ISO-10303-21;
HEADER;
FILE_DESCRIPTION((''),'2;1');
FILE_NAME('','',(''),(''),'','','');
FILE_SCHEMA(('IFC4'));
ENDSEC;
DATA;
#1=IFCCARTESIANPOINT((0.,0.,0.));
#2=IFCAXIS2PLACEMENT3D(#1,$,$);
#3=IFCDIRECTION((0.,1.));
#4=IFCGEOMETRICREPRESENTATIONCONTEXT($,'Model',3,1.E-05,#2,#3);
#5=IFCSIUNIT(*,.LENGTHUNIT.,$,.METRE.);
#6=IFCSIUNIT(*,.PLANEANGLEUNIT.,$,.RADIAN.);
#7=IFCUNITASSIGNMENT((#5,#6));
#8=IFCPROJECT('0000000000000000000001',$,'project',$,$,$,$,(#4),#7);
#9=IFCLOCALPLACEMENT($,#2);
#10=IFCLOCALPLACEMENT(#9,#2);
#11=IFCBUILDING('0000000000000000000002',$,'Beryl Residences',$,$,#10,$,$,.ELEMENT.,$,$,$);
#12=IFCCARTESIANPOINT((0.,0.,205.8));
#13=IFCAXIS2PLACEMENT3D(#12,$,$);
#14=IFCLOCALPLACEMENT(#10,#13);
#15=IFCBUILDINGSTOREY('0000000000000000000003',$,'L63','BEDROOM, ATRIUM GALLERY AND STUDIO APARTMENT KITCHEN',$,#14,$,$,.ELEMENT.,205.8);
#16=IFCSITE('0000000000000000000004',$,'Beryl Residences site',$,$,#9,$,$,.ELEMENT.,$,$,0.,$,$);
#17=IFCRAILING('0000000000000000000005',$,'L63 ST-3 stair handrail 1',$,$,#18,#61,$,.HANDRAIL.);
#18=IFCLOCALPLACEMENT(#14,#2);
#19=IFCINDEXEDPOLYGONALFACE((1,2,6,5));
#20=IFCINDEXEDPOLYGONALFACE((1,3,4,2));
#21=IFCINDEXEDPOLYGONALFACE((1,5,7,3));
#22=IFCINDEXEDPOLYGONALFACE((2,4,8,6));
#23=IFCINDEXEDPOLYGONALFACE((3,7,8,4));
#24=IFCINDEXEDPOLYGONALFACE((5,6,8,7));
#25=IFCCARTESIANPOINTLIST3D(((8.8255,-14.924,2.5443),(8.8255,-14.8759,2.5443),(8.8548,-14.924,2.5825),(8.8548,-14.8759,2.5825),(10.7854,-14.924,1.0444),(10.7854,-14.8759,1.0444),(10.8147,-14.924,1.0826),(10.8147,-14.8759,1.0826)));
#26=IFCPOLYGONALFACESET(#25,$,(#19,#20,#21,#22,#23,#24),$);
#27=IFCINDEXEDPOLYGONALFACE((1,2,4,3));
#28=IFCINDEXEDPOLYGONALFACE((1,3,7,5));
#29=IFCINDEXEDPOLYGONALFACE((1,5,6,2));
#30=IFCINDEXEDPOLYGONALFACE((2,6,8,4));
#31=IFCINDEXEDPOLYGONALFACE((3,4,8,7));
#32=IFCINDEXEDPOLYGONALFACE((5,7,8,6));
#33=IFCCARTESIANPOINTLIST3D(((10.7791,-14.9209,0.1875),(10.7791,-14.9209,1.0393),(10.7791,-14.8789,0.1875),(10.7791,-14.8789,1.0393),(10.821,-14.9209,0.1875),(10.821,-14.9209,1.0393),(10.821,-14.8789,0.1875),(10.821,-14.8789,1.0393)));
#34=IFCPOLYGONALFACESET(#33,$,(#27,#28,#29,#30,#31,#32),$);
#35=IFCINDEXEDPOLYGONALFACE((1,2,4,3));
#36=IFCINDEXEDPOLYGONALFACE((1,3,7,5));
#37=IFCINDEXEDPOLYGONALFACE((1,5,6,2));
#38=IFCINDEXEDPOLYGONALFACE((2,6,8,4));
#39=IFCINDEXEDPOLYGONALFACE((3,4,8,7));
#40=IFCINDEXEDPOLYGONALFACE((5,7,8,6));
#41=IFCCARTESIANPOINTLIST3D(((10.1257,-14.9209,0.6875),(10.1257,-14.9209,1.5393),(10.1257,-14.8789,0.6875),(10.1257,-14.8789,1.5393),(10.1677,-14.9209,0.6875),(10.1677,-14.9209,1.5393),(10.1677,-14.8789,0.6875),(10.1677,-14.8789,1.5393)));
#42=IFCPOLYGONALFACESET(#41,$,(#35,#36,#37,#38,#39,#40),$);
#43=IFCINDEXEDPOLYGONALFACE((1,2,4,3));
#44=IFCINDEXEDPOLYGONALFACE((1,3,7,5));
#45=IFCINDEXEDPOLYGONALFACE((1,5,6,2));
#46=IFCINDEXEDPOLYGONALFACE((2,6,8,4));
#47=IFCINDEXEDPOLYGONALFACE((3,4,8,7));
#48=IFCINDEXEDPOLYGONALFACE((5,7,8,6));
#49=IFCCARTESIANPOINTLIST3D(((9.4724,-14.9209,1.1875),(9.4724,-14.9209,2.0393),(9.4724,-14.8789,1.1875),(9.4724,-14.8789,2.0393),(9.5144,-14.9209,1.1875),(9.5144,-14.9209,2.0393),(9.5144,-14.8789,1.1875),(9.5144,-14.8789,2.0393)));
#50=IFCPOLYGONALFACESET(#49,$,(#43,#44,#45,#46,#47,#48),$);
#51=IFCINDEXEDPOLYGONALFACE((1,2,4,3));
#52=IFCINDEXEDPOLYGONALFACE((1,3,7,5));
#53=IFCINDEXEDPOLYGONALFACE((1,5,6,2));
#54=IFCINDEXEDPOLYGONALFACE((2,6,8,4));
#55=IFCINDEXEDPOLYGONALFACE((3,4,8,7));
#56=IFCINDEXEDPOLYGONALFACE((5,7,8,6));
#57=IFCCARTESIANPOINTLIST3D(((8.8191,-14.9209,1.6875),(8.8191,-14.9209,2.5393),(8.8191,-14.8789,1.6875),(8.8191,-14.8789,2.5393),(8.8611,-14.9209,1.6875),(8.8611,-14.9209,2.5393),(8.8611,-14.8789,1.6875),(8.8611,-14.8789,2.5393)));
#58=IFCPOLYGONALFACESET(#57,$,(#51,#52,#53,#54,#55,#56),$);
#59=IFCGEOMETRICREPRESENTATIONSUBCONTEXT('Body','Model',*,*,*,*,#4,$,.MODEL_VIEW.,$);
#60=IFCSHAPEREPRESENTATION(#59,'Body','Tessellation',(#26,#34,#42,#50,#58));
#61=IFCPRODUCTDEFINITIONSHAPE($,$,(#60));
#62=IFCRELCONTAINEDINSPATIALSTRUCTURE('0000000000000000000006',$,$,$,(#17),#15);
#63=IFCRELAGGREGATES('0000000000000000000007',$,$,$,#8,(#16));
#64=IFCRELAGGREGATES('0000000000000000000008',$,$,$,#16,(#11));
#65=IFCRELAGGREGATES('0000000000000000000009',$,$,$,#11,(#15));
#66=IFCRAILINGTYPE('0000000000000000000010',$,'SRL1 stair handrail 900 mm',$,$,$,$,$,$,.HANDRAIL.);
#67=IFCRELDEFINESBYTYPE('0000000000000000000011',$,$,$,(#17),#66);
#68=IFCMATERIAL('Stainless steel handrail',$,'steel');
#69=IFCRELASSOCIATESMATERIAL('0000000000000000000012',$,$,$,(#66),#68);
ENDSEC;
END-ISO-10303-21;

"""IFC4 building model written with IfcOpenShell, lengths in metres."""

from ifc_helpers import new_model, si_unit, direction, frame, origin, origin_2d, place, context, subcontext, project, spatial, rectangle, extrude, material, type_object, element, save


model = new_model("IFC4")

# Units and contexts
model_context = context("Model", 3, precision=1e-05, world=origin(), true_north=direction((0.0, 1.0)))
body_context = subcontext(model_context, "Body", "Model", "MODEL_VIEW")
ifc_project = project(units=[si_unit("LENGTHUNIT", "METRE"), si_unit("PLANEANGLEUNIT", "RADIAN")], contexts=[model_context])

# Site, building, storey
site_placement = place(None, origin())
site = spatial("IfcSite", under=ifc_project, at=site_placement, Name="Beryl Residences site", CompositionType="ELEMENT", RefElevation=0.0)
building_placement = place(site_placement, origin())
building = spatial("IfcBuilding", under=site, at=building_placement, Name="Beryl Residences", CompositionType="ELEMENT")
storey_placement = place(building_placement, frame((0.0, 0.0, 205.8)))
storey = spatial("IfcBuildingStorey", under=building, at=storey_placement, Name="L63", Description="BEDROOM, ATRIUM GALLERY AND STUDIO APARTMENT KITCHEN", CompositionType="ELEMENT", Elevation=205.8)

# Railing
ifc_material_1 = material(Name="Stainless steel handrail", Category="steel")
railing_type_1 = type_object("IfcRailingType", Name="SRL1 stair handrail 900 mm", PredefinedType="HANDRAIL", material=ifc_material_1)
railing_1_placement = place(storey_placement, frame((10.8, -14.8999, 0.1875)))
element("IfcRailing", 1, at=railing_1_placement, inside=storey, type_object=railing_type_1, Name="L63 ST-3 stair handrail 1", PredefinedType="HANDRAIL", context=body_context, shape_type="SweptSolid", body=[
    extrude(rectangle(XDim=0.0481, YDim=0.0481, at=origin_2d()), frame((0.0, 0.0, 0.876), z_axis=(-0.794122, 0.0, 0.607758), x_axis=(0.0, -1.0, 0.0)), (0.0, 0.0, 1.0), 2.468),
    extrude(rectangle(XDim=0.042, YDim=0.042, at=origin_2d()), origin(), (0.0, 0.0, 1.0), 0.8518),
    extrude(rectangle(XDim=0.042, YDim=0.042, at=origin_2d()), frame((-0.6533, 0.0, 0.5)), (0.0, 0.0, 1.0), 0.8518),
    extrude(rectangle(XDim=0.042, YDim=0.042, at=origin_2d()), frame((-1.3066, 0.0, 1.0)), (0.0, 0.0, 1.0), 0.8518),
    extrude(rectangle(XDim=0.042, YDim=0.042, at=origin_2d()), frame((-1.96, 0.0, 1.5)), (0.0, 0.0, 1.0), 0.8518),
])

save(model, "model.ifc")
